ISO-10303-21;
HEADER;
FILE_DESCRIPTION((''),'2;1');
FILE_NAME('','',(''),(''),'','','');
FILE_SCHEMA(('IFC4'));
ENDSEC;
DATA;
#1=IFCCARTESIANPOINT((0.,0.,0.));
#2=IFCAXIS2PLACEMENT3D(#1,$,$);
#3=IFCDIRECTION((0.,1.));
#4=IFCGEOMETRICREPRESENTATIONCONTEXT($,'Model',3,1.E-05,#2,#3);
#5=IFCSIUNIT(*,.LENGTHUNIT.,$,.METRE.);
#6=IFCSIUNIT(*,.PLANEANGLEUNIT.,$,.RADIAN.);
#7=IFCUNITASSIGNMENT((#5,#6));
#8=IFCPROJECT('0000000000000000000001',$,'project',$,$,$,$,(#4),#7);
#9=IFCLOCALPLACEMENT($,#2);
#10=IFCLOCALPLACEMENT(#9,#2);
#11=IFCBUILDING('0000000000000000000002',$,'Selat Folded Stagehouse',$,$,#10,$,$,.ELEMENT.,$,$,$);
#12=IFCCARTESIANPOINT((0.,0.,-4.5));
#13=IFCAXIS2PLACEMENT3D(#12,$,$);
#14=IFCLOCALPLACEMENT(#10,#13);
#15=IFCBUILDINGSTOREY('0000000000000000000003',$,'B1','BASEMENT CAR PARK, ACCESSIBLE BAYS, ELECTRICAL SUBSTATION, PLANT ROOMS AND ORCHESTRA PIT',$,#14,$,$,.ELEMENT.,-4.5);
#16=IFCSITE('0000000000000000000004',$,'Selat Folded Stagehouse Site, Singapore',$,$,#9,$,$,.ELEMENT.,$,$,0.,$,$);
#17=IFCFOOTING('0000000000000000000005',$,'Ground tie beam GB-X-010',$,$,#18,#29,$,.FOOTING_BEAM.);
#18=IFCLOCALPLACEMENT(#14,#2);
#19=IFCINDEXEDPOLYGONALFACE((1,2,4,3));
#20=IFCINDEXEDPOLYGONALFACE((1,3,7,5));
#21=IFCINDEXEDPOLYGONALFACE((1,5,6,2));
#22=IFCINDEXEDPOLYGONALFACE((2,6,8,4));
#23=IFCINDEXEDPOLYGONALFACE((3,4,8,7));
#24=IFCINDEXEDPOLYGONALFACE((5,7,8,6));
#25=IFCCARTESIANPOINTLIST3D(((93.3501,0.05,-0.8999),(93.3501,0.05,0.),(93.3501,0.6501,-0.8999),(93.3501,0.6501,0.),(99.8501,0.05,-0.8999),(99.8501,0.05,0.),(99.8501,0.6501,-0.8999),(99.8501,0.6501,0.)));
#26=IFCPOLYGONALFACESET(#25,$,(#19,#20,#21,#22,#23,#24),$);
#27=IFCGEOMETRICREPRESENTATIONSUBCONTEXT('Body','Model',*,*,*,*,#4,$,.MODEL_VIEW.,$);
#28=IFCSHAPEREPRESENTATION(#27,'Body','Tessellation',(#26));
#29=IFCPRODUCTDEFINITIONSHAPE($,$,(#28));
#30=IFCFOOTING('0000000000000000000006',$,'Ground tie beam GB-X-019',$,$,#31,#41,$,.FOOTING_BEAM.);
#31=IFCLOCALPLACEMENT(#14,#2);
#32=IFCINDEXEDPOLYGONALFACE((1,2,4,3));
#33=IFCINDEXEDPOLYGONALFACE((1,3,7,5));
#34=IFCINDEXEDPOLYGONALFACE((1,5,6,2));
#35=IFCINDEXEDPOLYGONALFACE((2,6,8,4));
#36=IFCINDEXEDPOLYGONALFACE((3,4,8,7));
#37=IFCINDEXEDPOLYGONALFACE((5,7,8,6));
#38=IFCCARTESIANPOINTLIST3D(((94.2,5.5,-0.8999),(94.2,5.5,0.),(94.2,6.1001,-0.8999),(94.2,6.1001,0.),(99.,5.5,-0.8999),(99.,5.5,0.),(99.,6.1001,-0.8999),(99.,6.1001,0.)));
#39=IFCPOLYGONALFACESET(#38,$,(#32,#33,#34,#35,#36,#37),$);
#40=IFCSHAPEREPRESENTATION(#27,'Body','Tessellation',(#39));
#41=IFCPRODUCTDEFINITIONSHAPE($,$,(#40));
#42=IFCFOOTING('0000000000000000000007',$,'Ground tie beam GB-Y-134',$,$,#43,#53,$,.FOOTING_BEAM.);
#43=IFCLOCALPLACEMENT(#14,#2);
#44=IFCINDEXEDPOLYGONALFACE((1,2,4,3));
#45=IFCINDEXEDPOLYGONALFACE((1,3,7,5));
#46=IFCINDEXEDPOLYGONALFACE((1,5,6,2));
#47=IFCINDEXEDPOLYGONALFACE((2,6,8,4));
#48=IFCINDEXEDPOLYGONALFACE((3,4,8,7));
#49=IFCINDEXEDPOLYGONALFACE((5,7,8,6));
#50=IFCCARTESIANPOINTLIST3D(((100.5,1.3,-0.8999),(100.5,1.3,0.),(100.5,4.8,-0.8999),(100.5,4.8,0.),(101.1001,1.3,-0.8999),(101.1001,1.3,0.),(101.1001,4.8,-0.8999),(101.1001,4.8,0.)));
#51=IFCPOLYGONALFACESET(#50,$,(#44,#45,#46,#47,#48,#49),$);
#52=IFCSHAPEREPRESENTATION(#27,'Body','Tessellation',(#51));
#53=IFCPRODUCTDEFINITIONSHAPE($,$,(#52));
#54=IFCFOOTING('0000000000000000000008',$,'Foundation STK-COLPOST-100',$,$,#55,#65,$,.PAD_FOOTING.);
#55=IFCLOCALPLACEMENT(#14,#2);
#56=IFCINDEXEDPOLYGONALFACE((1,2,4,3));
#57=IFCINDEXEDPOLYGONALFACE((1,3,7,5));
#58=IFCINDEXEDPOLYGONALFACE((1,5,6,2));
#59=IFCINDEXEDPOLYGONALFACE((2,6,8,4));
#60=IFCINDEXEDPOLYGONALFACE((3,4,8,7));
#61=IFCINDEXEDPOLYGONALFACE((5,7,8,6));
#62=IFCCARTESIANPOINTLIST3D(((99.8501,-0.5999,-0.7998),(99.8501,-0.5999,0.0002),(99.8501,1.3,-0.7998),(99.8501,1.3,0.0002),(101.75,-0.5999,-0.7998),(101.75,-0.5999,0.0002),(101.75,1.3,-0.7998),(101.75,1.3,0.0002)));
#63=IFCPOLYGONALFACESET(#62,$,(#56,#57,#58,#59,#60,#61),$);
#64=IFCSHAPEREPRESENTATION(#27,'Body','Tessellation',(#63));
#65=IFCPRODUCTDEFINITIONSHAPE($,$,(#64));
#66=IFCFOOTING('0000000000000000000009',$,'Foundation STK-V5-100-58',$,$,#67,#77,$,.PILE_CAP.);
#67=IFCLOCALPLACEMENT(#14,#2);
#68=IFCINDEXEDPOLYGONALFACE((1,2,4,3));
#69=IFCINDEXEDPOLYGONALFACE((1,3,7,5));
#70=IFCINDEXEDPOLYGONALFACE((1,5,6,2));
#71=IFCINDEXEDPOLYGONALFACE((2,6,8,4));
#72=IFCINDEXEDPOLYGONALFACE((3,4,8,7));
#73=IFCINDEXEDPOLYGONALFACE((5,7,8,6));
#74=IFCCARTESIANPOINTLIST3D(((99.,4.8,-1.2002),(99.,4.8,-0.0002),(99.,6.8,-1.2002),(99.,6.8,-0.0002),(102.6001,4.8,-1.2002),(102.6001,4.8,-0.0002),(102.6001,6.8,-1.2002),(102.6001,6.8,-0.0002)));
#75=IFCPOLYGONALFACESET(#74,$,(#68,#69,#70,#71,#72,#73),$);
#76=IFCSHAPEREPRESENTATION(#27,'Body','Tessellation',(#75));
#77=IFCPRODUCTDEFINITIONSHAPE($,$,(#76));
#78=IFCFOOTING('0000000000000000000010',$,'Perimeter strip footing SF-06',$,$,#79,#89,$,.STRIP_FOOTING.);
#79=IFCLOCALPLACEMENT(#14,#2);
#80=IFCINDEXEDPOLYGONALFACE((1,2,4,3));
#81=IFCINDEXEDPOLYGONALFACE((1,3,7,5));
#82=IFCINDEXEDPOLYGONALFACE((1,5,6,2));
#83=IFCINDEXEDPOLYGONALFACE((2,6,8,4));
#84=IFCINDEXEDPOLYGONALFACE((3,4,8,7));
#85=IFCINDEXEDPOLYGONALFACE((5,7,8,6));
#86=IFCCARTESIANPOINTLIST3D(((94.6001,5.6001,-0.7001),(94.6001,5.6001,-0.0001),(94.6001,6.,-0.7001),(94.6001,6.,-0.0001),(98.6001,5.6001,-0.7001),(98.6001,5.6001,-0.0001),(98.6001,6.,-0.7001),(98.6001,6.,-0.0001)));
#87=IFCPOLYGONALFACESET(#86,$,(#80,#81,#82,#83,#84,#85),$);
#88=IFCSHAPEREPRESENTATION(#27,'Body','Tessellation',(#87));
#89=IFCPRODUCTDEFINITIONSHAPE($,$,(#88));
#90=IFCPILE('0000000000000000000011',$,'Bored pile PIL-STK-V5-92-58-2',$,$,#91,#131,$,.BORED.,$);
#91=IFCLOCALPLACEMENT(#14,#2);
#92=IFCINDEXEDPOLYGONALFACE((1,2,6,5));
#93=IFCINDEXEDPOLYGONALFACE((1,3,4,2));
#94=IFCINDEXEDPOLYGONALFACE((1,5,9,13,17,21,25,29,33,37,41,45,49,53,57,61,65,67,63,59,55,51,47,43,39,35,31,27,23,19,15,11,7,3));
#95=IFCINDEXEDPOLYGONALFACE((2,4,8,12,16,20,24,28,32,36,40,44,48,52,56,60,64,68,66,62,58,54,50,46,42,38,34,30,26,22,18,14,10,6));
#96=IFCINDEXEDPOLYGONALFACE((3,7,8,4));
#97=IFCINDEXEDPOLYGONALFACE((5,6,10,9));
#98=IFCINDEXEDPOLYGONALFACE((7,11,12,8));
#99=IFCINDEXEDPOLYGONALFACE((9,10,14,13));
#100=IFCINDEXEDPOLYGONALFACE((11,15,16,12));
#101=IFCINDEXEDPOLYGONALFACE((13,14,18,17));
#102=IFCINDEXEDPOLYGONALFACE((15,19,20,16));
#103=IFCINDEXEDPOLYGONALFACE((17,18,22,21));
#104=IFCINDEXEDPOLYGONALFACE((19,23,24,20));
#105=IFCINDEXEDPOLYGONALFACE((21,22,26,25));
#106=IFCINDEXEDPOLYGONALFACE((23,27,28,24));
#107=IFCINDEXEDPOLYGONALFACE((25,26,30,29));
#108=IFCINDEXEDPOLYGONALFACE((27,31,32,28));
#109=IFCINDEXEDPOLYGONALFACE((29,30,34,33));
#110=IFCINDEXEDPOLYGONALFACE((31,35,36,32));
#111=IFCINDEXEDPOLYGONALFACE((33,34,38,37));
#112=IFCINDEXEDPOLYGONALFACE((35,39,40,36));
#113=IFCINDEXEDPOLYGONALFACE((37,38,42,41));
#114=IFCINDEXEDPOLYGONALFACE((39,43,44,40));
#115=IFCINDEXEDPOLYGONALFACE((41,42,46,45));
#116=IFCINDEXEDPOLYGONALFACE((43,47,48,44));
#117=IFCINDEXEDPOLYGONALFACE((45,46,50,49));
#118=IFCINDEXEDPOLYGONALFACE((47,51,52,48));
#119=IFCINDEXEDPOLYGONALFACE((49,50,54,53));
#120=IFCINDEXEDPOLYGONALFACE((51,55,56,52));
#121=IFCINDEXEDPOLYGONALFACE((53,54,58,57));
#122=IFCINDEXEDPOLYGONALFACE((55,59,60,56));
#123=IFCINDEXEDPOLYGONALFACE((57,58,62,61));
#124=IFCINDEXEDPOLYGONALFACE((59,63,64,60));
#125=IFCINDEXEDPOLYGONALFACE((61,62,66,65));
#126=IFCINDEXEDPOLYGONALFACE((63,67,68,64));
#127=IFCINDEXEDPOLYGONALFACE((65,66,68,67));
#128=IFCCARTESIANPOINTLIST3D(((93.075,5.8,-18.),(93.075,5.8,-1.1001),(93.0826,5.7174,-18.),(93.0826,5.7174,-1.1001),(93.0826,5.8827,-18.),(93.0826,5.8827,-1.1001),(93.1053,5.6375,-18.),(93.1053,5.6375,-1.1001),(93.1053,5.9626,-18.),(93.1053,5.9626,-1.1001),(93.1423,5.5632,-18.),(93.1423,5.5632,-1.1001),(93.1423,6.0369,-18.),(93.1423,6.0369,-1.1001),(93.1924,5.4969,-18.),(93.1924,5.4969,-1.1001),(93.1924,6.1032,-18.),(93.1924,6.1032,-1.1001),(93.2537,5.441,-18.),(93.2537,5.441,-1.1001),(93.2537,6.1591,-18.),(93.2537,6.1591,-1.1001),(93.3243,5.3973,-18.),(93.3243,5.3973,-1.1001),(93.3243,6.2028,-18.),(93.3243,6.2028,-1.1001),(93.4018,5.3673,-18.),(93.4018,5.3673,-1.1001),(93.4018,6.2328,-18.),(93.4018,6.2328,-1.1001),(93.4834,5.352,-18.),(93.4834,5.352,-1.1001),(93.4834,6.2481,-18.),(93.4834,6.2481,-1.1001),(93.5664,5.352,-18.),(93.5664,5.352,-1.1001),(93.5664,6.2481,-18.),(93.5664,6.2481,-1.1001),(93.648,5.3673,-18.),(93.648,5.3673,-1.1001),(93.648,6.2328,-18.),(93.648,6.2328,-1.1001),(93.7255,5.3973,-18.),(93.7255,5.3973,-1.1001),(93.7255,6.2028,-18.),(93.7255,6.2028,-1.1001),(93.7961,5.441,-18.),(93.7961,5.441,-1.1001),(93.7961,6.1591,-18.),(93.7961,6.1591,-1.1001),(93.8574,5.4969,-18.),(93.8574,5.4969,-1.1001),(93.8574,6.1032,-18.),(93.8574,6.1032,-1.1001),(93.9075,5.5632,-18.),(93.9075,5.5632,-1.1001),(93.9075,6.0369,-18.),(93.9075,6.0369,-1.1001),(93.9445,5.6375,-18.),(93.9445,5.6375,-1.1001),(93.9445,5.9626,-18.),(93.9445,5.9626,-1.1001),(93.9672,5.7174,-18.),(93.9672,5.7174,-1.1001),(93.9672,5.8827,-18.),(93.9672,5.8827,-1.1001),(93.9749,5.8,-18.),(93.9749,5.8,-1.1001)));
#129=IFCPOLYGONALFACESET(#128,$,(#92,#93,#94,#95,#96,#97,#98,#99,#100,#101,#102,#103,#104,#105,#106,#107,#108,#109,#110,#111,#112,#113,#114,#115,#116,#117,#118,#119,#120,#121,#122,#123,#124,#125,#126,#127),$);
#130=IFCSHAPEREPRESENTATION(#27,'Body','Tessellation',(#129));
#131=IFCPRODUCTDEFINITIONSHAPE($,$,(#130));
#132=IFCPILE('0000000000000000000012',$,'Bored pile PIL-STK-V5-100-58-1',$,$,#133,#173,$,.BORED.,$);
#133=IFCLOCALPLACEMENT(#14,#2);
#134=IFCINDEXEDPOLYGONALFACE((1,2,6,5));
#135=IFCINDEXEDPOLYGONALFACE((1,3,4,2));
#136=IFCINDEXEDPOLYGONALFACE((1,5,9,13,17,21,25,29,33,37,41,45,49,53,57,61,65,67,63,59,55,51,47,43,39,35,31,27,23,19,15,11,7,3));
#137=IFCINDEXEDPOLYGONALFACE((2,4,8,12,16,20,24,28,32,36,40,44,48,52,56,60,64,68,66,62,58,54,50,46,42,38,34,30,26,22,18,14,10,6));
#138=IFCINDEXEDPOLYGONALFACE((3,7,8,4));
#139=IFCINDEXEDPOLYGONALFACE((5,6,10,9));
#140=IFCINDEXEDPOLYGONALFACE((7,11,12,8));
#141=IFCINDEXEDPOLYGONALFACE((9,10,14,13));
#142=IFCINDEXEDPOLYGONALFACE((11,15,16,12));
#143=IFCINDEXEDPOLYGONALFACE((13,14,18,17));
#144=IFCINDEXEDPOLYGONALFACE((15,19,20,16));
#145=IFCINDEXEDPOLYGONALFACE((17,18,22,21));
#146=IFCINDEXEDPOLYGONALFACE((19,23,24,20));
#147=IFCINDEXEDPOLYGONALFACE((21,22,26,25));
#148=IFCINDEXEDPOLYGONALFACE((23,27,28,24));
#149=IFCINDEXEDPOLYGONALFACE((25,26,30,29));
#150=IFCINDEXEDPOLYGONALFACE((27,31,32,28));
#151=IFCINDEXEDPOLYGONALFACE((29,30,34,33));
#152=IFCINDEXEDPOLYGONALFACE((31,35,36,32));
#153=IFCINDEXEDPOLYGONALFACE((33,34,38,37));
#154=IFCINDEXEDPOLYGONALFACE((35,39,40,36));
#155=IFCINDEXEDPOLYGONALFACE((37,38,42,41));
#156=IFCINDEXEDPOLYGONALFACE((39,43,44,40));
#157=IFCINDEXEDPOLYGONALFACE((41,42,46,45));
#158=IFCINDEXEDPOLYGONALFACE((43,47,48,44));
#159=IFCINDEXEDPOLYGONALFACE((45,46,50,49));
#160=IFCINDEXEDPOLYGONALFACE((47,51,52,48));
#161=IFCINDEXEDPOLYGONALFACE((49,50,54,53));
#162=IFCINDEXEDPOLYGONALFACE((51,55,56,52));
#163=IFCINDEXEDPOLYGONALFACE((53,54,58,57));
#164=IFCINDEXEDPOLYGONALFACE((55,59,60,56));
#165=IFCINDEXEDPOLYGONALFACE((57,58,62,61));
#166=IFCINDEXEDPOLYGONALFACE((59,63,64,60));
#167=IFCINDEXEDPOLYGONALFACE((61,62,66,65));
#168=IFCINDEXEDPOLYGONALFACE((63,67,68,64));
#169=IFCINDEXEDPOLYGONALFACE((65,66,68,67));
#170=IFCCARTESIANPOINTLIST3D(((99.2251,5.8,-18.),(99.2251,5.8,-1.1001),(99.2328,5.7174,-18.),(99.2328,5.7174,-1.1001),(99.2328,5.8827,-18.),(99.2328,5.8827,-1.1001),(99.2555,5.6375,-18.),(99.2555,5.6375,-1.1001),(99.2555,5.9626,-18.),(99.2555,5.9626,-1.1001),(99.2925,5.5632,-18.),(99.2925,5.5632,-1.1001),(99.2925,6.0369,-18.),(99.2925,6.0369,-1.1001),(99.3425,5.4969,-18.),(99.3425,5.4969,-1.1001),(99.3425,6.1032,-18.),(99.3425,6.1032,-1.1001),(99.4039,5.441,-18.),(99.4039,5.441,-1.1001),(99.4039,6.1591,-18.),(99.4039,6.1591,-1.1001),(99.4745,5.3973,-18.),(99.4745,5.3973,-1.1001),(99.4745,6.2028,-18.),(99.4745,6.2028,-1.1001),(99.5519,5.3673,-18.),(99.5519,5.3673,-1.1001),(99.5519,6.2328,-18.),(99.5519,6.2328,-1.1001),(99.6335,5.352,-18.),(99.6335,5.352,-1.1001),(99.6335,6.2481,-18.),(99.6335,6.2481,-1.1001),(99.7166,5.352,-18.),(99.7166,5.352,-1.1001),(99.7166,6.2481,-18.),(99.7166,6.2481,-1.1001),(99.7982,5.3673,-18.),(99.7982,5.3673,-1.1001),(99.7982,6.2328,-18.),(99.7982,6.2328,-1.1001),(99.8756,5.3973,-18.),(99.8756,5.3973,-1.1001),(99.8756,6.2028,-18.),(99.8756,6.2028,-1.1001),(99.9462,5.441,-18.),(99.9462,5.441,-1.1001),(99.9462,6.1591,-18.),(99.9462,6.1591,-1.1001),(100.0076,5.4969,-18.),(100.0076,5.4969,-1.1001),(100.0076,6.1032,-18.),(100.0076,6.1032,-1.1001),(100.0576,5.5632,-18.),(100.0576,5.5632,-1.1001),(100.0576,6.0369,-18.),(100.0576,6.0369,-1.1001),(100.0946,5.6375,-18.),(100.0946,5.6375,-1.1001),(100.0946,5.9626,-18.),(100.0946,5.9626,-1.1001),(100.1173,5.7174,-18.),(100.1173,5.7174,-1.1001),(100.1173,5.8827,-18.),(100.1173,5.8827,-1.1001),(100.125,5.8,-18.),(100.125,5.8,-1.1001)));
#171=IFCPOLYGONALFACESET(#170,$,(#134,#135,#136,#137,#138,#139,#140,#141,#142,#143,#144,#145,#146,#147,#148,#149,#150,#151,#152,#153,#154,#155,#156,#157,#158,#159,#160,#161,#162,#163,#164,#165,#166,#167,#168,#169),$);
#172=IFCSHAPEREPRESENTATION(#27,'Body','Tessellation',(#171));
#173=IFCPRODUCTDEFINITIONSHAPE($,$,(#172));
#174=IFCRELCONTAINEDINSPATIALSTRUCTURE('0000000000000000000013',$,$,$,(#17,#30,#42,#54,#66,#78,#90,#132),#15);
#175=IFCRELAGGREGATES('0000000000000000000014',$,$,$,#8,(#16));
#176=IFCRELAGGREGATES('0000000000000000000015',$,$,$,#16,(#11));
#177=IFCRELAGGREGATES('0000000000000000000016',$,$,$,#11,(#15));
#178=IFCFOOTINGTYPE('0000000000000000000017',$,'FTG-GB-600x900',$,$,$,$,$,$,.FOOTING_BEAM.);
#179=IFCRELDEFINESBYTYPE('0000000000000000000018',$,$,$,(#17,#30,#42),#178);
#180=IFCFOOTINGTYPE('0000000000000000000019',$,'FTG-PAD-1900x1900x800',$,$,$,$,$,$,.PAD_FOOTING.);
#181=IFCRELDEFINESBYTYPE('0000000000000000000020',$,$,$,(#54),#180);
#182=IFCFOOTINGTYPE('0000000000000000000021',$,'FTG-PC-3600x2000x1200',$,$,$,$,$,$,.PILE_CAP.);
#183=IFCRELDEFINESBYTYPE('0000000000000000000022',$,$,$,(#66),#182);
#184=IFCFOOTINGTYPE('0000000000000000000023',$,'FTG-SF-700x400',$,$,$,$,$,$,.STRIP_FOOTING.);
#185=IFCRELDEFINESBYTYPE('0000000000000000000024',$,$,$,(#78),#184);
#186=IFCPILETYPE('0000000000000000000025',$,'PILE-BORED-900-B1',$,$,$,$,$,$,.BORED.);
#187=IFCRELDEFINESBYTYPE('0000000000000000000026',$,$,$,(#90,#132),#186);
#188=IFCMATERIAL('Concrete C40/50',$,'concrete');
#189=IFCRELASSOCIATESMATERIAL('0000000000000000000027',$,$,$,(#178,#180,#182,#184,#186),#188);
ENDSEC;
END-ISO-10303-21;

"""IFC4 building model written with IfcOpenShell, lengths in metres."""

from ifc_helpers import new_model, si_unit, direction, frame, origin, origin_2d, place, context, subcontext, project, spatial, rectangle, circle, extrude, material, material_profile, profile_set, type_object, element, save


model = new_model("IFC4")

# Units and contexts
model_context = context("Model", 3, precision=1e-05, world=origin(), true_north=direction((0.0, 1.0)))
body_context = subcontext(model_context, "Body", "Model", "MODEL_VIEW")
ifc_project = project(units=[si_unit("LENGTHUNIT", "METRE"), si_unit("PLANEANGLEUNIT", "RADIAN")], contexts=[model_context])

# Site, building, storey
site_placement = place(None, origin())
site = spatial("IfcSite", under=ifc_project, at=site_placement, Name="Selat Folded Stagehouse Site, Singapore", CompositionType="ELEMENT", RefElevation=0.0)
building_placement = place(site_placement, origin())
building = spatial("IfcBuilding", under=site, at=building_placement, Name="Selat Folded Stagehouse", CompositionType="ELEMENT")
storey_placement = place(building_placement, frame((0.0, 0.0, -4.5)))
storey = spatial("IfcBuildingStorey", under=building, at=storey_placement, Name="B1", Description="BASEMENT CAR PARK, ACCESSIBLE BAYS, ELECTRICAL SUBSTATION, PLANT ROOMS AND ORCHESTRA PIT", CompositionType="ELEMENT", Elevation=-4.5)

# Footings
ifc_material_1 = material(Name="Concrete C40/50", Category="concrete")
ifc_material_profile_1 = material_profile(ifc_material_1, rectangle(XDim=0.6001, YDim=0.8999, at=origin_2d()), Name="RC 900x600")
ifc_profile_set_1 = profile_set([ifc_material_profile_1], Name="Concrete C40/50")
footing_type_1 = type_object("IfcFootingType", Name="FTG-GB-600x900", PredefinedType="FOOTING_BEAM", material=ifc_profile_set_1)
footing_1_placement = place(storey_placement, frame((93.3501, 0.3501, -0.45), z_axis=(1.0, 0.0, 0.0), x_axis=(0.0, 1.0, 0.0)))
element("IfcFooting", 1, at=footing_1_placement, inside=storey, type_object=footing_type_1, Name="Ground tie beam GB-X-010", PredefinedType="FOOTING_BEAM", context=body_context, shape_type="SweptSolid", body=[
    extrude(rectangle(XDim=0.6001, YDim=0.8999, at=origin_2d()), origin(), (0.0, 0.0, 1.0), 6.5),
])
footing_2_placement = place(storey_placement, frame((94.2, 5.8, -0.45), z_axis=(1.0, 0.0, 0.0), x_axis=(0.0, 1.0, 0.0)))
element("IfcFooting", 2, at=footing_2_placement, inside=storey, type_object=footing_type_1, Name="Ground tie beam GB-X-019", PredefinedType="FOOTING_BEAM", context=body_context, shape_type="SweptSolid", body=[
    extrude(rectangle(XDim=0.6001, YDim=0.8999, at=origin_2d()), origin(), (0.0, 0.0, 1.0), 4.8),
])
footing_3_placement = place(storey_placement, frame((100.8, 1.3, -0.45), z_axis=(0.0, 1.0, 0.0), x_axis=(-1.0, 0.0, 0.0)))
element("IfcFooting", 3, at=footing_3_placement, inside=storey, type_object=footing_type_1, Name="Ground tie beam GB-Y-134", PredefinedType="FOOTING_BEAM", context=body_context, shape_type="SweptSolid", body=[
    extrude(rectangle(XDim=0.6001, YDim=0.8999, at=origin_2d()), origin(), (0.0, 0.0, 1.0), 3.5),
])
footing_type_2 = type_object("IfcFootingType", Name="FTG-PAD-1900x1900x800", PredefinedType="PAD_FOOTING", material=ifc_material_1)
footing_4_placement = place(storey_placement, frame((100.8, 0.3501, -0.7998), z_axis=(0.0, 0.0, 1.0), x_axis=(1.0, 0.0, 0.0)))
element("IfcFooting", 4, at=footing_4_placement, inside=storey, type_object=footing_type_2, Name="Foundation STK-COLPOST-100", PredefinedType="PAD_FOOTING", context=body_context, shape_type="SweptSolid", body=[
    extrude(rectangle(XDim=1.8999, YDim=1.8999, at=origin_2d()), origin(), (0.0, 0.0, 1.0), 0.8),
])
footing_type_3 = type_object("IfcFootingType", Name="FTG-PC-3600x2000x1200", PredefinedType="PILE_CAP", material=ifc_material_1)
footing_5_placement = place(storey_placement, frame((100.8, 5.8, -1.2002), z_axis=(0.0, 0.0, 1.0), x_axis=(1.0, 0.0, 0.0)))
element("IfcFooting", 5, at=footing_5_placement, inside=storey, type_object=footing_type_3, Name="Foundation STK-V5-100-58", PredefinedType="PILE_CAP", context=body_context, shape_type="SweptSolid", body=[
    extrude(rectangle(XDim=3.6001, YDim=2.0, at=origin_2d()), origin(), (0.0, 0.0, 1.0), 1.2),
])
ifc_material_profile_2 = material_profile(ifc_material_1, rectangle(XDim=0.3999, YDim=0.7, at=origin_2d()), Name="RC 700x400")
ifc_profile_set_2 = profile_set([ifc_material_profile_2], Name="Concrete C40/50")
footing_type_4 = type_object("IfcFootingType", Name="FTG-SF-700x400", PredefinedType="STRIP_FOOTING", material=ifc_profile_set_2)
footing_6_placement = place(storey_placement, frame((94.6001, 5.8, -0.3501), z_axis=(1.0, 0.0, 0.0), x_axis=(0.0, 1.0, 0.0)))
element("IfcFooting", 6, at=footing_6_placement, inside=storey, type_object=footing_type_4, Name="Perimeter strip footing SF-06", PredefinedType="STRIP_FOOTING", context=body_context, shape_type="SweptSolid", body=[
    extrude(rectangle(XDim=0.3999, YDim=0.7, at=origin_2d()), origin(), (0.0, 0.0, 1.0), 4.0),
])

# Piles
ifc_material_profile_3 = material_profile(ifc_material_1, circle(Radius=0.45, at=origin_2d()), Name="PILE D900")
ifc_profile_set_3 = profile_set([ifc_material_profile_3], Name="Concrete C40/50")
pile_type = type_object("IfcPileType", Name="PILE-BORED-900-B1", PredefinedType="BORED", material=ifc_profile_set_3)
for number, where, z_axis, x_axis, name in (
    (7, (93.5249, 5.8, -1.1001), (0.0, 0.0, -1.0), (1.0, 0.0, 0.0), "Bored pile PIL-STK-V5-92-58-2"),
    (8, (99.675, 5.8, -1.1001), (0.0, 0.0, -1.0), (1.0, 0.0, 0.0), "Bored pile PIL-STK-V5-100-58-1"),
):
    element("IfcPile", number, at=place(storey_placement, frame(where, z_axis=z_axis, x_axis=x_axis)), inside=storey, type_object=pile_type, Name=name, PredefinedType="BORED", context=body_context, shape_type="SweptSolid", body=[
        extrude(circle(Radius=0.45, at=origin_2d()), origin(), (0.0, 0.0, 1.0), 16.8999),
    ])

save(model, "model.ifc")
